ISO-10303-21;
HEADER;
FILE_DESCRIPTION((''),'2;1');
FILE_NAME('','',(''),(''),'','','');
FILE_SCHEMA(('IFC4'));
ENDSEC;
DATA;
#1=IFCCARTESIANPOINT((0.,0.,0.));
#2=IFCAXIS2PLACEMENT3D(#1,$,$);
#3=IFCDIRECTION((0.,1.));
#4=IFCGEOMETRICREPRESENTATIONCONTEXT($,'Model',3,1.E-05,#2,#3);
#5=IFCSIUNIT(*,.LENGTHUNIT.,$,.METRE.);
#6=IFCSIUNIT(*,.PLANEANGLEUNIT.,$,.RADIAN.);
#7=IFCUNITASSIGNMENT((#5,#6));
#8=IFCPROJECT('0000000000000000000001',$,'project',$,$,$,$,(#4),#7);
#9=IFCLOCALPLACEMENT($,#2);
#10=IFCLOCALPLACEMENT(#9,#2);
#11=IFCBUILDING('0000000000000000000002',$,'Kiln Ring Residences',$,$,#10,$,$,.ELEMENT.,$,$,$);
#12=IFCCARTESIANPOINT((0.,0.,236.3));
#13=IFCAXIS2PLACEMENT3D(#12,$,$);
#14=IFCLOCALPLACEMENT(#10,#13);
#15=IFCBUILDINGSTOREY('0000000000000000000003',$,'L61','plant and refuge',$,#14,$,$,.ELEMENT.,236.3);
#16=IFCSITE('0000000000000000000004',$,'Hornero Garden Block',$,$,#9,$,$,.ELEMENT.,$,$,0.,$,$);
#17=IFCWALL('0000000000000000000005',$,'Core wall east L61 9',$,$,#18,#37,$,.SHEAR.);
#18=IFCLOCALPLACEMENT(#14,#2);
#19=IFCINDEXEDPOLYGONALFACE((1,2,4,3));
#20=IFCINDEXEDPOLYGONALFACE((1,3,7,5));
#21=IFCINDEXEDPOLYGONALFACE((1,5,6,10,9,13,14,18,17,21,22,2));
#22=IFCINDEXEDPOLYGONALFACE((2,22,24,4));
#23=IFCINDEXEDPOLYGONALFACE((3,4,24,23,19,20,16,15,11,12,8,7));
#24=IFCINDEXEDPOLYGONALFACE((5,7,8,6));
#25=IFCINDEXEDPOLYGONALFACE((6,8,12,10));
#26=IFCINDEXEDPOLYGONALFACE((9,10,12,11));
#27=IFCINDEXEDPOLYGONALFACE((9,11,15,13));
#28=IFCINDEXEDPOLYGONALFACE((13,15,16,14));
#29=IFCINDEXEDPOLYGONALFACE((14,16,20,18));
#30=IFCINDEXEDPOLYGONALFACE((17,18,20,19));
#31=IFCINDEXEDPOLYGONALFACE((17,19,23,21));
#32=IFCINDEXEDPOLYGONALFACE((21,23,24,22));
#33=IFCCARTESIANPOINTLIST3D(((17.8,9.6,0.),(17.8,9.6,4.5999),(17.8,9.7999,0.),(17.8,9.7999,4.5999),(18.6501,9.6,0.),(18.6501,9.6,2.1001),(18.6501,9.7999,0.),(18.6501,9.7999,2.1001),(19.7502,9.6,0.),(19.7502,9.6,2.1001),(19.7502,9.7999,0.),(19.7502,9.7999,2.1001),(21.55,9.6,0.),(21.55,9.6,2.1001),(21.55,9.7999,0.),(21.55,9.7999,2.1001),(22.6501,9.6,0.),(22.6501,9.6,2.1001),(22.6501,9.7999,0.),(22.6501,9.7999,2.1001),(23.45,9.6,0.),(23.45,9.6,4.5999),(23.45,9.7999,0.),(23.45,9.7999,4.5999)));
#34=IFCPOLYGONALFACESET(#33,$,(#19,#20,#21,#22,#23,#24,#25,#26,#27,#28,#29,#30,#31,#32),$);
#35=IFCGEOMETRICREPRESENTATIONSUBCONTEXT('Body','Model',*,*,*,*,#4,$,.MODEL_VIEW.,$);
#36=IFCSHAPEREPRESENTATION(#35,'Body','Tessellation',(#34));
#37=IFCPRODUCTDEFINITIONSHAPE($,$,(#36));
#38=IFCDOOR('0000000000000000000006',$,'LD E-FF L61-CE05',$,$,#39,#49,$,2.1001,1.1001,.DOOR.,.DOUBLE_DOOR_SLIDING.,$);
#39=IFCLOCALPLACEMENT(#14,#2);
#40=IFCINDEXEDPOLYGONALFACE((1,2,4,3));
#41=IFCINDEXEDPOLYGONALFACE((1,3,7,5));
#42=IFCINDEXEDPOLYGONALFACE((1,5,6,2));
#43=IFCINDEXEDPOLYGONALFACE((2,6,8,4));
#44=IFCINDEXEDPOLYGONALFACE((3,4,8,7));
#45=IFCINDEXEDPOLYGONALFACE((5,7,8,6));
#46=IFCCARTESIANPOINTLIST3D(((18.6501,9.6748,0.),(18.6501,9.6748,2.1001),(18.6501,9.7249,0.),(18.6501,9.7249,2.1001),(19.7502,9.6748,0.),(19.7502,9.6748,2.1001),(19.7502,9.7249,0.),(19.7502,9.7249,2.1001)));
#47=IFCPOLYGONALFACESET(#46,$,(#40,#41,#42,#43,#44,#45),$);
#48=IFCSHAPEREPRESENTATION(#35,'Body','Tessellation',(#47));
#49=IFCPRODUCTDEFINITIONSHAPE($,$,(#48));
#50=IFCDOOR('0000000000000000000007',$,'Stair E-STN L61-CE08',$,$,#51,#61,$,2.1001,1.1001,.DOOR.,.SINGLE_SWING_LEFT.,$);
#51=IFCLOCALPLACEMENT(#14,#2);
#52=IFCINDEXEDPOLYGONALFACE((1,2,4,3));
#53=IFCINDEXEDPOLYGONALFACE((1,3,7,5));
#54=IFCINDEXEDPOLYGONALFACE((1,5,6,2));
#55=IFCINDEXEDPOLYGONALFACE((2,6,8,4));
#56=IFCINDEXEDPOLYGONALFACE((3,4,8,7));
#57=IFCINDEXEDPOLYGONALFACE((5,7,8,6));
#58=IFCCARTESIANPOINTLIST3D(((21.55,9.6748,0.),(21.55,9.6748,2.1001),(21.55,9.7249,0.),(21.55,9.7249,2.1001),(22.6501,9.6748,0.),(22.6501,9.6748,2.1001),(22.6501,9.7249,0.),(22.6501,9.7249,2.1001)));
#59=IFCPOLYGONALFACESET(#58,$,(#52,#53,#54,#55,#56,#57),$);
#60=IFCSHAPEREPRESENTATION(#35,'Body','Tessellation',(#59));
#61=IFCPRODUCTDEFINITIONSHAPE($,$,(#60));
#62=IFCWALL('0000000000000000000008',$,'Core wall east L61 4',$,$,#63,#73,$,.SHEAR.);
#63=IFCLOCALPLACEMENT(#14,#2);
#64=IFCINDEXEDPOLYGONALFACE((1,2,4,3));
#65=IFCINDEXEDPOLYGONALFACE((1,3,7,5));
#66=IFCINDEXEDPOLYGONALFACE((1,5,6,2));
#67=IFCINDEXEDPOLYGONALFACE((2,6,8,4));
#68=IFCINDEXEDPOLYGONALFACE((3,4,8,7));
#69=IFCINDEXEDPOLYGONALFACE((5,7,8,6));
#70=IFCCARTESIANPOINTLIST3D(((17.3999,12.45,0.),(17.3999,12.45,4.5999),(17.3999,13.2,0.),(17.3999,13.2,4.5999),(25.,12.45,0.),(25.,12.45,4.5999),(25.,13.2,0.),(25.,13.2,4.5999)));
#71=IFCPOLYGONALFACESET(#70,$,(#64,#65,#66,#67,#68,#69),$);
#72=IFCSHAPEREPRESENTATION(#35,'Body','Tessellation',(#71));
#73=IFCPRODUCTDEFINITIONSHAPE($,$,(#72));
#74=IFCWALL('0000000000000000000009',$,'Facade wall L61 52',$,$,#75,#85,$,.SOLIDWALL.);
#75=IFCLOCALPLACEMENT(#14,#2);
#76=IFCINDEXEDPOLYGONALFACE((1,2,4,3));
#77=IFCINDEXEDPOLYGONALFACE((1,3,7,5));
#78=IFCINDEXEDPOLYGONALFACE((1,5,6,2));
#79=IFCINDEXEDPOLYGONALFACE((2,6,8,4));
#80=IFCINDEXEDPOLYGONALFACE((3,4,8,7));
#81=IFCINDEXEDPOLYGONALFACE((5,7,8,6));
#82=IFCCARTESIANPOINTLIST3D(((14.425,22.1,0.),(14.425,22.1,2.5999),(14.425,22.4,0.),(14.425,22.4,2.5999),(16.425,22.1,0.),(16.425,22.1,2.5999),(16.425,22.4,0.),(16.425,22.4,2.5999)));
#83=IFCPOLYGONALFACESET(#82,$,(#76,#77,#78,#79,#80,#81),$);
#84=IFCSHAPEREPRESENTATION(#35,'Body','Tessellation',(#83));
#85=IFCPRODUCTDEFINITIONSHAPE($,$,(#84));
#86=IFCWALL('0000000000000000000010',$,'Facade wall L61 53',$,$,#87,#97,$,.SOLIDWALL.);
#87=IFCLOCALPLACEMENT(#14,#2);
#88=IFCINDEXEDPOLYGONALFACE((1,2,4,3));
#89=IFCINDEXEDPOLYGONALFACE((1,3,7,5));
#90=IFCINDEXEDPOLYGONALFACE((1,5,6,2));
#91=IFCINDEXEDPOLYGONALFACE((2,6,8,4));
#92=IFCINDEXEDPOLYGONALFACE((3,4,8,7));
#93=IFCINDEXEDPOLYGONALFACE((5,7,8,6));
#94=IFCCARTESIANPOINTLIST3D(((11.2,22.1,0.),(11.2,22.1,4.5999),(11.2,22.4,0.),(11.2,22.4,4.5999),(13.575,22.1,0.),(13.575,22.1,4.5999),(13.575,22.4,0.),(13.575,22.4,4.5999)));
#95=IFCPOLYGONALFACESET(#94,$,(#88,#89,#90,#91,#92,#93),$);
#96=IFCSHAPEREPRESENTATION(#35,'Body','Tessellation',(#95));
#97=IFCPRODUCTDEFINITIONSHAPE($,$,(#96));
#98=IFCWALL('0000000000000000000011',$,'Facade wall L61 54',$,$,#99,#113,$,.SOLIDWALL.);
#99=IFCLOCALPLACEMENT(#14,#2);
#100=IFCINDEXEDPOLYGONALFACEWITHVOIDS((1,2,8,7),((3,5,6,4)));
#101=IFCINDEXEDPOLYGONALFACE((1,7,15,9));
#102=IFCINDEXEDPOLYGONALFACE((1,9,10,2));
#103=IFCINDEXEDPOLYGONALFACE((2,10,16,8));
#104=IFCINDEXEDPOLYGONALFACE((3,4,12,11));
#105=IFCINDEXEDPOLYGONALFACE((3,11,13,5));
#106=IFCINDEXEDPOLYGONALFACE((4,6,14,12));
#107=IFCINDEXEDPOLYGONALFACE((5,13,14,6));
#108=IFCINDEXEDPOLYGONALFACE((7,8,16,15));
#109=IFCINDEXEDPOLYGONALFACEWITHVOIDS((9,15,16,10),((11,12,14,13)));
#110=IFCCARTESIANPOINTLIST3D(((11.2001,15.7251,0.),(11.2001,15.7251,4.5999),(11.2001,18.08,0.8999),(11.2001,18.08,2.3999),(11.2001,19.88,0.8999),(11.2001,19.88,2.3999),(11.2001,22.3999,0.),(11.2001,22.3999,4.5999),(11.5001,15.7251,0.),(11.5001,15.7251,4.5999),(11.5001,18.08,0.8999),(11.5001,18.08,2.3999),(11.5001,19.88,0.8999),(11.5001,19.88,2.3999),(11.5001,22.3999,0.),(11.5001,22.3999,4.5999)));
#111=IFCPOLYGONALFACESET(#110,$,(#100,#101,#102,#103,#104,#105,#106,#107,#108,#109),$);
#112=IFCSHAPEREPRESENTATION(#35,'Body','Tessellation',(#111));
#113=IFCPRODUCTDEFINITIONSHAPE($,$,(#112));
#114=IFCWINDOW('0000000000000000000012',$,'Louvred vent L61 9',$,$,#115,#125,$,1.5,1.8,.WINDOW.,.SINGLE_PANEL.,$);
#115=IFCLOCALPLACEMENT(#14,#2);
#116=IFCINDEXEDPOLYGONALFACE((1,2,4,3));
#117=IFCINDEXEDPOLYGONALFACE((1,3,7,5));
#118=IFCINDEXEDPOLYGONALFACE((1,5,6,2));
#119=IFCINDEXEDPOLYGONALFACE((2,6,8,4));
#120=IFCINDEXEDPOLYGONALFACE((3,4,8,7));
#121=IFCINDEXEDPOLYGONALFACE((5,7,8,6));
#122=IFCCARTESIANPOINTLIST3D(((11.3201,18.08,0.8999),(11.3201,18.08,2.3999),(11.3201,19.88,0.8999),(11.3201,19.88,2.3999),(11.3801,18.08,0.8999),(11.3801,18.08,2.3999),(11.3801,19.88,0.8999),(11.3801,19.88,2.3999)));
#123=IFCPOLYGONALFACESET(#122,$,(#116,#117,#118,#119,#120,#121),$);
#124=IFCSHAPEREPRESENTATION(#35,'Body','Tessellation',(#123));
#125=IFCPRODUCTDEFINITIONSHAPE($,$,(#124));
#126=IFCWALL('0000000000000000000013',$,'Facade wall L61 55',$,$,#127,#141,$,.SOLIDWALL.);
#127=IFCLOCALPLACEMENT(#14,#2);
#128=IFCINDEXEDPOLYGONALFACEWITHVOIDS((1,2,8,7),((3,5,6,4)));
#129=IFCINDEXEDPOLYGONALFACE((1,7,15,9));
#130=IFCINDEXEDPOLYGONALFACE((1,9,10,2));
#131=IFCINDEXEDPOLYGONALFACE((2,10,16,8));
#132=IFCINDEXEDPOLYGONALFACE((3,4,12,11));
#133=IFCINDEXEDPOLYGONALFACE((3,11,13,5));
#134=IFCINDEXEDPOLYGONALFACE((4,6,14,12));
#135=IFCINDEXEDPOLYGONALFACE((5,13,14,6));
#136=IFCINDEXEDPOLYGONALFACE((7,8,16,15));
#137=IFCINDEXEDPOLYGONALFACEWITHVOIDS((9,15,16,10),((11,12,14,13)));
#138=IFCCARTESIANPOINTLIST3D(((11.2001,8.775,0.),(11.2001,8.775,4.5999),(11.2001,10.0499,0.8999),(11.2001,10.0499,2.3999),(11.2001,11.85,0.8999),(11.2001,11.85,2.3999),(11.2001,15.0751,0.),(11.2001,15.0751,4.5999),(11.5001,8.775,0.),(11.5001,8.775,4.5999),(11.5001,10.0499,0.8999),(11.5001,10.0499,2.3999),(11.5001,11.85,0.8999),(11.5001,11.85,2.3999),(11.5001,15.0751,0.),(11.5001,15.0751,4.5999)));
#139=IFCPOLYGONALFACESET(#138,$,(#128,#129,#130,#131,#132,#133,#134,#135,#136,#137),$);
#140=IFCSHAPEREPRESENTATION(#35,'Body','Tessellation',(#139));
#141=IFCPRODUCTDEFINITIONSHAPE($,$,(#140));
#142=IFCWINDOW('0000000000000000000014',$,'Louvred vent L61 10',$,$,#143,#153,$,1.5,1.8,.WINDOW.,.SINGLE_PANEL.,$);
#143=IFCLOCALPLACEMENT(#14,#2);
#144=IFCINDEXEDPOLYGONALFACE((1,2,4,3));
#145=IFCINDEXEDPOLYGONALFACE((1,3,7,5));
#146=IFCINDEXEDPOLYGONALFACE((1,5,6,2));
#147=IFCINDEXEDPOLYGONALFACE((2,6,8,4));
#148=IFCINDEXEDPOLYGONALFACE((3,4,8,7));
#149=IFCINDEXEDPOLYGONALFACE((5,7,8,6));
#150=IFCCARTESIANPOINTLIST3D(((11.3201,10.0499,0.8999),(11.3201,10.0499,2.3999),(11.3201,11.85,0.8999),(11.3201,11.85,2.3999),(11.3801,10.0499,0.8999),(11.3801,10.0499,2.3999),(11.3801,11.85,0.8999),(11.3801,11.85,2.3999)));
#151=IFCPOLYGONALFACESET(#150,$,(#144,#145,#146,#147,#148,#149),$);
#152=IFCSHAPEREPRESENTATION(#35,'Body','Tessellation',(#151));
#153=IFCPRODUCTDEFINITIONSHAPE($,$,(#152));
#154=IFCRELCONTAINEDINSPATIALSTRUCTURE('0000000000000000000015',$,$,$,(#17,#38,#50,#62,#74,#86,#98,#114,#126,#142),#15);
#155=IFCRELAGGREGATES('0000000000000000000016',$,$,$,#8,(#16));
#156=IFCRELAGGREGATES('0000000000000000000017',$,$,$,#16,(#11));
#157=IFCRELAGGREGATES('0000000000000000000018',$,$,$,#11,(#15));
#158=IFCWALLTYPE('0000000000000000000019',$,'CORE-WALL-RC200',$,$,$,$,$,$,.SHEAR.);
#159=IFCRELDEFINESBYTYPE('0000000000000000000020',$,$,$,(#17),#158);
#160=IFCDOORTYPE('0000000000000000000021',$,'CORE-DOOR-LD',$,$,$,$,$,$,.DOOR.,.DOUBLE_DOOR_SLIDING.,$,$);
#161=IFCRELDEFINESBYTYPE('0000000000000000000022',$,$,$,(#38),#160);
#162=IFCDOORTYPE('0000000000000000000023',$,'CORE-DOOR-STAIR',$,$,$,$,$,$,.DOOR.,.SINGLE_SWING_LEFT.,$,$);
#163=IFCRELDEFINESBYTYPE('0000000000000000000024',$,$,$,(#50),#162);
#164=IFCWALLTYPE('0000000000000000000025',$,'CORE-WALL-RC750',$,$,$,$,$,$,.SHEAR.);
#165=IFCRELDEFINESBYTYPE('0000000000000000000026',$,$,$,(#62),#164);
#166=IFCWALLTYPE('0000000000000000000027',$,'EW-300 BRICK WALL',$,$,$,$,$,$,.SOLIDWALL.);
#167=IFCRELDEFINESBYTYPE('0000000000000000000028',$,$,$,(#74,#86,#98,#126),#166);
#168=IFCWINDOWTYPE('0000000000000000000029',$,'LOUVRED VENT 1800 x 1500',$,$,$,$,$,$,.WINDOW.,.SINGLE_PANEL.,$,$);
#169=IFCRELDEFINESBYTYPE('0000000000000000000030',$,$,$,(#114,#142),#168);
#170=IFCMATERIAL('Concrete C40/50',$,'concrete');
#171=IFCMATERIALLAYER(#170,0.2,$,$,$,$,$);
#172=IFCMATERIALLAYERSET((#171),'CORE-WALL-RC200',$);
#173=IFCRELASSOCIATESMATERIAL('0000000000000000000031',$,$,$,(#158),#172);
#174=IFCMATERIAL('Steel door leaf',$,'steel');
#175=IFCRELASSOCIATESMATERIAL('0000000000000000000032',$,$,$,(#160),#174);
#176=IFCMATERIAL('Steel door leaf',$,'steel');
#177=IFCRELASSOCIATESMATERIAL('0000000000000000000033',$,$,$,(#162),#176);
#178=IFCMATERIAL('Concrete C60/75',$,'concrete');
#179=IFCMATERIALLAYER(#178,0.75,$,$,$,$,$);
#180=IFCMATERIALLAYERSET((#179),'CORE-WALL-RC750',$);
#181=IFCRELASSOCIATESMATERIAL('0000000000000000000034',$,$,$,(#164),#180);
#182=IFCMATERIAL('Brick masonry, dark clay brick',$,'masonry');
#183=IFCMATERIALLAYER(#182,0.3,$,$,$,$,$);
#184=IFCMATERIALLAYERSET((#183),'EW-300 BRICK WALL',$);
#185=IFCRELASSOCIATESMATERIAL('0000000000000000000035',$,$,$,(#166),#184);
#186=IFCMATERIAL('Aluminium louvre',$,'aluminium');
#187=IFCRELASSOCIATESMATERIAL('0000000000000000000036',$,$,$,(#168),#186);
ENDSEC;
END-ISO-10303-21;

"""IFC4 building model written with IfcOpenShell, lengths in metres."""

from ifc_helpers import new_model, si_unit, direction, frame, frame_2d, origin, place, context, subcontext, project, spatial, rectangle, extrude, material, layer, layer_set, type_object, element, fill, save


model = new_model("IFC4")

# Units and contexts
model_context = context("Model", 3, precision=1e-05, world=origin(), true_north=direction((0.0, 1.0)))
body_context = subcontext(model_context, "Body", "Model", "MODEL_VIEW")
ifc_project = project(units=[si_unit("LENGTHUNIT", "METRE"), si_unit("PLANEANGLEUNIT", "RADIAN")], contexts=[model_context])

# Site, building, storey
site_placement = place(None, origin())
site = spatial("IfcSite", under=ifc_project, at=site_placement, Name="Hornero Garden Block", CompositionType="ELEMENT", RefElevation=0.0)
building_placement = place(site_placement, origin())
building = spatial("IfcBuilding", under=site, at=building_placement, Name="Kiln Ring Residences", CompositionType="ELEMENT")
storey_placement = place(building_placement, frame((0.0, 0.0, 236.3)))
storey = spatial("IfcBuildingStorey", under=building, at=storey_placement, Name="L61", Description="plant and refuge", CompositionType="ELEMENT", Elevation=236.3)

# Wall, openings, doors
ifc_material_1 = material(Name="Concrete C40/50", Category="concrete")
ifc_layer_1 = layer(ifc_material_1, 0.2)
ifc_layer_set_1 = layer_set([ifc_layer_1], Name="CORE-WALL-RC200")
wall_type_1 = type_object("IfcWallType", Name="CORE-WALL-RC200", PredefinedType="SHEAR", material=ifc_layer_set_1)
wall_1_placement = place(storey_placement, frame((17.8, 9.7, 0.0), z_axis=(0.0, 0.0, 1.0), x_axis=(1.0, 0.0, 0.0)))
wall_1 = element("IfcWall", 1, at=wall_1_placement, inside=storey, type_object=wall_type_1, Name="Core wall east L61 9", PredefinedType="SHEAR", context=body_context, shape_type="SweptSolid", body=[
    extrude(rectangle(XDim=5.6499, YDim=0.2, at=frame_2d((2.825, 0.0))), origin(), (0.0, 0.0, 1.0), 4.5999),
])
opening_1_placement = place(wall_1_placement, frame((0.8501, 0.0, 0.0)))
opening_1 = element("IfcOpeningElement", 2, at=opening_1_placement, cuts=wall_1, PredefinedType="OPENING", context=body_context, shape_type="SweptSolid", body=[
    extrude(rectangle(XDim=1.1001, YDim=2.1001, at=frame_2d((0.55, 1.05))), frame((0.0, 0.1099, 0.0), z_axis=(0.0, -1.0, 0.0), x_axis=(1.0, 0.0, 0.0)), (0.0, 0.0, 1.0), 0.22),
])
opening_2_placement = place(wall_1_placement, frame((3.75, 0.0, 0.0)))
opening_2 = element("IfcOpeningElement", 3, at=opening_2_placement, cuts=wall_1, PredefinedType="OPENING", context=body_context, shape_type="SweptSolid", body=[
    extrude(rectangle(XDim=1.1001, YDim=2.1001, at=frame_2d((0.55, 1.05))), frame((0.0, 0.1099, 0.0), z_axis=(0.0, -1.0, 0.0), x_axis=(1.0, 0.0, 0.0)), (0.0, 0.0, 1.0), 0.22),
])
ifc_material_2 = material(Name="Steel door leaf", Category="steel")
door_type_1 = type_object("IfcDoorType", Name="CORE-DOOR-LD", OperationType="DOUBLE_DOOR_SLIDING", PredefinedType="DOOR", material=ifc_material_2)
door_1_placement = place(opening_1_placement, origin())
door_1 = element("IfcDoor", 4, at=door_1_placement, inside=storey, type_object=door_type_1, Name="LD E-FF L61-CE05", OperationType="DOUBLE_DOOR_SLIDING", OverallHeight=2.1001, OverallWidth=1.1001, PredefinedType="DOOR", context=body_context, shape_type="SweptSolid", body=[
    extrude(rectangle(XDim=1.1001, YDim=2.1001, at=frame_2d((0.55, 1.05))), frame((0.0, 0.0249, 0.0), z_axis=(0.0, -1.0, 0.0), x_axis=(1.0, 0.0, 0.0)), (0.0, 0.0, 1.0), 0.05),
])
fill(opening_1, door_1)
ifc_material_3 = material(Name="Steel door leaf", Category="steel")
door_type_2 = type_object("IfcDoorType", Name="CORE-DOOR-STAIR", OperationType="SINGLE_SWING_LEFT", PredefinedType="DOOR", material=ifc_material_3)
door_2_placement = place(opening_2_placement, origin())
door_2 = element("IfcDoor", 5, at=door_2_placement, inside=storey, type_object=door_type_2, Name="Stair E-STN L61-CE08", OperationType="SINGLE_SWING_LEFT", OverallHeight=2.1001, OverallWidth=1.1001, PredefinedType="DOOR", context=body_context, shape_type="SweptSolid", body=[
    extrude(rectangle(XDim=1.1001, YDim=2.1001, at=frame_2d((0.55, 1.05))), frame((0.0, 0.0249, 0.0), z_axis=(0.0, -1.0, 0.0), x_axis=(1.0, 0.0, 0.0)), (0.0, 0.0, 1.0), 0.05),
])
fill(opening_2, door_2)

# Walls
ifc_material_4 = material(Name="Concrete C60/75", Category="concrete")
ifc_layer_2 = layer(ifc_material_4, 0.75)
ifc_layer_set_2 = layer_set([ifc_layer_2], Name="CORE-WALL-RC750")
wall_type_2 = type_object("IfcWallType", Name="CORE-WALL-RC750", PredefinedType="SHEAR", material=ifc_layer_set_2)
wall_2_placement = place(storey_placement, frame((17.3999, 12.825, 0.0), z_axis=(0.0, 0.0, 1.0), x_axis=(1.0, 0.0, 0.0)))
element("IfcWall", 6, at=wall_2_placement, inside=storey, type_object=wall_type_2, Name="Core wall east L61 4", PredefinedType="SHEAR", context=body_context, shape_type="SweptSolid", body=[
    extrude(rectangle(XDim=7.6001, YDim=0.75, at=frame_2d((3.8, 0.0))), origin(), (0.0, 0.0, 1.0), 4.5999),
])
ifc_material_5 = material(Name="Brick masonry, dark clay brick", Category="masonry")
ifc_layer_3 = layer(ifc_material_5, 0.3)
ifc_layer_set_3 = layer_set([ifc_layer_3], Name="EW-300 BRICK WALL")
wall_type_3 = type_object("IfcWallType", Name="EW-300 BRICK WALL", PredefinedType="SOLIDWALL", material=ifc_layer_set_3)
wall_3_placement = place(storey_placement, frame((16.425, 22.25, 0.0), z_axis=(0.0, 0.0, 1.0), x_axis=(-1.0, 0.0, 0.0)))
element("IfcWall", 7, at=wall_3_placement, inside=storey, type_object=wall_type_3, Name="Facade wall L61 52", PredefinedType="SOLIDWALL", context=body_context, shape_type="SweptSolid", body=[
    extrude(rectangle(XDim=2.0, YDim=0.3, at=frame_2d((1.0, 0.0))), origin(), (0.0, 0.0, 1.0), 2.5999),
])
wall_4_placement = place(storey_placement, frame((13.575, 22.25, 0.0), z_axis=(0.0, 0.0, 1.0), x_axis=(-1.0, 0.0, 0.0)))
element("IfcWall", 8, at=wall_4_placement, inside=storey, type_object=wall_type_3, Name="Facade wall L61 53", PredefinedType="SOLIDWALL", context=body_context, shape_type="SweptSolid", body=[
    extrude(rectangle(XDim=2.375, YDim=0.3, at=frame_2d((1.1875, 0.0))), origin(), (0.0, 0.0, 1.0), 4.5999),
])

# Walls, openings, windows
wall_5_placement = place(storey_placement, frame((11.3501, 22.3999, 0.0), z_axis=(0.0, 0.0, 1.0), x_axis=(0.0, -1.0, 0.0)))
wall_5 = element("IfcWall", 9, at=wall_5_placement, inside=storey, type_object=wall_type_3, Name="Facade wall L61 54", PredefinedType="SOLIDWALL", context=body_context, shape_type="SweptSolid", body=[
    extrude(rectangle(XDim=6.6748, YDim=0.3, at=frame_2d((3.3374, 0.0))), origin(), (0.0, 0.0, 1.0), 4.5999),
])
opening_3_placement = place(wall_5_placement, frame((2.52, 0.0, 0.8999)))
opening_3 = element("IfcOpeningElement", 10, at=opening_3_placement, cuts=wall_5, PredefinedType="OPENING", context=body_context, shape_type="SweptSolid", body=[
    extrude(rectangle(XDim=1.8, YDim=1.5, at=frame_2d((0.8999, 0.75))), frame((0.0, 0.1599, 0.0), z_axis=(0.0, -1.0, 0.0), x_axis=(1.0, 0.0, 0.0)), (0.0, 0.0, 1.0), 0.3201),
])
ifc_material_6 = material(Name="Aluminium louvre", Category="aluminium")
window_type = type_object("IfcWindowType", Name="LOUVRED VENT 1800 x 1500", PartitioningType="SINGLE_PANEL", PredefinedType="WINDOW", material=ifc_material_6)
window_1_placement = place(opening_3_placement, origin())
window_1 = element("IfcWindow", 11, at=window_1_placement, inside=storey, type_object=window_type, Name="Louvred vent L61 9", OverallHeight=1.5, OverallWidth=1.8, PartitioningType="SINGLE_PANEL", PredefinedType="WINDOW", context=body_context, shape_type="SweptSolid", body=[
    extrude(rectangle(XDim=1.8, YDim=1.5, at=frame_2d((0.8999, 0.75))), frame((0.0, 0.03, 0.0), z_axis=(0.0, -1.0, 0.0), x_axis=(1.0, 0.0, 0.0)), (0.0, 0.0, 1.0), 0.0601),
])
fill(opening_3, window_1)
wall_6_placement = place(storey_placement, frame((11.3501, 15.075, 0.0), z_axis=(0.0, 0.0, 1.0), x_axis=(0.0, -1.0, 0.0)))
wall_6 = element("IfcWall", 12, at=wall_6_placement, inside=storey, type_object=wall_type_3, Name="Facade wall L61 55", PredefinedType="SOLIDWALL", context=body_context, shape_type="SweptSolid", body=[
    extrude(rectangle(XDim=6.3, YDim=0.3, at=frame_2d((3.1499, 0.0))), origin(), (0.0, 0.0, 1.0), 4.5999),
])
opening_4_placement = place(wall_6_placement, frame((3.2251, 0.0, 0.8999)))
opening_4 = element("IfcOpeningElement", 13, at=opening_4_placement, cuts=wall_6, PredefinedType="OPENING", context=body_context, shape_type="SweptSolid", body=[
    extrude(rectangle(XDim=1.8, YDim=1.5, at=frame_2d((0.8999, 0.75))), frame((0.0, 0.1599, 0.0), z_axis=(0.0, -1.0, 0.0), x_axis=(1.0, 0.0, 0.0)), (0.0, 0.0, 1.0), 0.3201),
])
window_2_placement = place(opening_4_placement, origin())
window_2 = element("IfcWindow", 14, at=window_2_placement, inside=storey, type_object=window_type, Name="Louvred vent L61 10", OverallHeight=1.5, OverallWidth=1.8, PartitioningType="SINGLE_PANEL", PredefinedType="WINDOW", context=body_context, shape_type="SweptSolid", body=[
    extrude(rectangle(XDim=1.8, YDim=1.5, at=frame_2d((0.8999, 0.75))), frame((0.0, 0.03, 0.0), z_axis=(0.0, -1.0, 0.0), x_axis=(1.0, 0.0, 0.0)), (0.0, 0.0, 1.0), 0.0601),
])
fill(opening_4, window_2)

save(model, "model.ifc")
